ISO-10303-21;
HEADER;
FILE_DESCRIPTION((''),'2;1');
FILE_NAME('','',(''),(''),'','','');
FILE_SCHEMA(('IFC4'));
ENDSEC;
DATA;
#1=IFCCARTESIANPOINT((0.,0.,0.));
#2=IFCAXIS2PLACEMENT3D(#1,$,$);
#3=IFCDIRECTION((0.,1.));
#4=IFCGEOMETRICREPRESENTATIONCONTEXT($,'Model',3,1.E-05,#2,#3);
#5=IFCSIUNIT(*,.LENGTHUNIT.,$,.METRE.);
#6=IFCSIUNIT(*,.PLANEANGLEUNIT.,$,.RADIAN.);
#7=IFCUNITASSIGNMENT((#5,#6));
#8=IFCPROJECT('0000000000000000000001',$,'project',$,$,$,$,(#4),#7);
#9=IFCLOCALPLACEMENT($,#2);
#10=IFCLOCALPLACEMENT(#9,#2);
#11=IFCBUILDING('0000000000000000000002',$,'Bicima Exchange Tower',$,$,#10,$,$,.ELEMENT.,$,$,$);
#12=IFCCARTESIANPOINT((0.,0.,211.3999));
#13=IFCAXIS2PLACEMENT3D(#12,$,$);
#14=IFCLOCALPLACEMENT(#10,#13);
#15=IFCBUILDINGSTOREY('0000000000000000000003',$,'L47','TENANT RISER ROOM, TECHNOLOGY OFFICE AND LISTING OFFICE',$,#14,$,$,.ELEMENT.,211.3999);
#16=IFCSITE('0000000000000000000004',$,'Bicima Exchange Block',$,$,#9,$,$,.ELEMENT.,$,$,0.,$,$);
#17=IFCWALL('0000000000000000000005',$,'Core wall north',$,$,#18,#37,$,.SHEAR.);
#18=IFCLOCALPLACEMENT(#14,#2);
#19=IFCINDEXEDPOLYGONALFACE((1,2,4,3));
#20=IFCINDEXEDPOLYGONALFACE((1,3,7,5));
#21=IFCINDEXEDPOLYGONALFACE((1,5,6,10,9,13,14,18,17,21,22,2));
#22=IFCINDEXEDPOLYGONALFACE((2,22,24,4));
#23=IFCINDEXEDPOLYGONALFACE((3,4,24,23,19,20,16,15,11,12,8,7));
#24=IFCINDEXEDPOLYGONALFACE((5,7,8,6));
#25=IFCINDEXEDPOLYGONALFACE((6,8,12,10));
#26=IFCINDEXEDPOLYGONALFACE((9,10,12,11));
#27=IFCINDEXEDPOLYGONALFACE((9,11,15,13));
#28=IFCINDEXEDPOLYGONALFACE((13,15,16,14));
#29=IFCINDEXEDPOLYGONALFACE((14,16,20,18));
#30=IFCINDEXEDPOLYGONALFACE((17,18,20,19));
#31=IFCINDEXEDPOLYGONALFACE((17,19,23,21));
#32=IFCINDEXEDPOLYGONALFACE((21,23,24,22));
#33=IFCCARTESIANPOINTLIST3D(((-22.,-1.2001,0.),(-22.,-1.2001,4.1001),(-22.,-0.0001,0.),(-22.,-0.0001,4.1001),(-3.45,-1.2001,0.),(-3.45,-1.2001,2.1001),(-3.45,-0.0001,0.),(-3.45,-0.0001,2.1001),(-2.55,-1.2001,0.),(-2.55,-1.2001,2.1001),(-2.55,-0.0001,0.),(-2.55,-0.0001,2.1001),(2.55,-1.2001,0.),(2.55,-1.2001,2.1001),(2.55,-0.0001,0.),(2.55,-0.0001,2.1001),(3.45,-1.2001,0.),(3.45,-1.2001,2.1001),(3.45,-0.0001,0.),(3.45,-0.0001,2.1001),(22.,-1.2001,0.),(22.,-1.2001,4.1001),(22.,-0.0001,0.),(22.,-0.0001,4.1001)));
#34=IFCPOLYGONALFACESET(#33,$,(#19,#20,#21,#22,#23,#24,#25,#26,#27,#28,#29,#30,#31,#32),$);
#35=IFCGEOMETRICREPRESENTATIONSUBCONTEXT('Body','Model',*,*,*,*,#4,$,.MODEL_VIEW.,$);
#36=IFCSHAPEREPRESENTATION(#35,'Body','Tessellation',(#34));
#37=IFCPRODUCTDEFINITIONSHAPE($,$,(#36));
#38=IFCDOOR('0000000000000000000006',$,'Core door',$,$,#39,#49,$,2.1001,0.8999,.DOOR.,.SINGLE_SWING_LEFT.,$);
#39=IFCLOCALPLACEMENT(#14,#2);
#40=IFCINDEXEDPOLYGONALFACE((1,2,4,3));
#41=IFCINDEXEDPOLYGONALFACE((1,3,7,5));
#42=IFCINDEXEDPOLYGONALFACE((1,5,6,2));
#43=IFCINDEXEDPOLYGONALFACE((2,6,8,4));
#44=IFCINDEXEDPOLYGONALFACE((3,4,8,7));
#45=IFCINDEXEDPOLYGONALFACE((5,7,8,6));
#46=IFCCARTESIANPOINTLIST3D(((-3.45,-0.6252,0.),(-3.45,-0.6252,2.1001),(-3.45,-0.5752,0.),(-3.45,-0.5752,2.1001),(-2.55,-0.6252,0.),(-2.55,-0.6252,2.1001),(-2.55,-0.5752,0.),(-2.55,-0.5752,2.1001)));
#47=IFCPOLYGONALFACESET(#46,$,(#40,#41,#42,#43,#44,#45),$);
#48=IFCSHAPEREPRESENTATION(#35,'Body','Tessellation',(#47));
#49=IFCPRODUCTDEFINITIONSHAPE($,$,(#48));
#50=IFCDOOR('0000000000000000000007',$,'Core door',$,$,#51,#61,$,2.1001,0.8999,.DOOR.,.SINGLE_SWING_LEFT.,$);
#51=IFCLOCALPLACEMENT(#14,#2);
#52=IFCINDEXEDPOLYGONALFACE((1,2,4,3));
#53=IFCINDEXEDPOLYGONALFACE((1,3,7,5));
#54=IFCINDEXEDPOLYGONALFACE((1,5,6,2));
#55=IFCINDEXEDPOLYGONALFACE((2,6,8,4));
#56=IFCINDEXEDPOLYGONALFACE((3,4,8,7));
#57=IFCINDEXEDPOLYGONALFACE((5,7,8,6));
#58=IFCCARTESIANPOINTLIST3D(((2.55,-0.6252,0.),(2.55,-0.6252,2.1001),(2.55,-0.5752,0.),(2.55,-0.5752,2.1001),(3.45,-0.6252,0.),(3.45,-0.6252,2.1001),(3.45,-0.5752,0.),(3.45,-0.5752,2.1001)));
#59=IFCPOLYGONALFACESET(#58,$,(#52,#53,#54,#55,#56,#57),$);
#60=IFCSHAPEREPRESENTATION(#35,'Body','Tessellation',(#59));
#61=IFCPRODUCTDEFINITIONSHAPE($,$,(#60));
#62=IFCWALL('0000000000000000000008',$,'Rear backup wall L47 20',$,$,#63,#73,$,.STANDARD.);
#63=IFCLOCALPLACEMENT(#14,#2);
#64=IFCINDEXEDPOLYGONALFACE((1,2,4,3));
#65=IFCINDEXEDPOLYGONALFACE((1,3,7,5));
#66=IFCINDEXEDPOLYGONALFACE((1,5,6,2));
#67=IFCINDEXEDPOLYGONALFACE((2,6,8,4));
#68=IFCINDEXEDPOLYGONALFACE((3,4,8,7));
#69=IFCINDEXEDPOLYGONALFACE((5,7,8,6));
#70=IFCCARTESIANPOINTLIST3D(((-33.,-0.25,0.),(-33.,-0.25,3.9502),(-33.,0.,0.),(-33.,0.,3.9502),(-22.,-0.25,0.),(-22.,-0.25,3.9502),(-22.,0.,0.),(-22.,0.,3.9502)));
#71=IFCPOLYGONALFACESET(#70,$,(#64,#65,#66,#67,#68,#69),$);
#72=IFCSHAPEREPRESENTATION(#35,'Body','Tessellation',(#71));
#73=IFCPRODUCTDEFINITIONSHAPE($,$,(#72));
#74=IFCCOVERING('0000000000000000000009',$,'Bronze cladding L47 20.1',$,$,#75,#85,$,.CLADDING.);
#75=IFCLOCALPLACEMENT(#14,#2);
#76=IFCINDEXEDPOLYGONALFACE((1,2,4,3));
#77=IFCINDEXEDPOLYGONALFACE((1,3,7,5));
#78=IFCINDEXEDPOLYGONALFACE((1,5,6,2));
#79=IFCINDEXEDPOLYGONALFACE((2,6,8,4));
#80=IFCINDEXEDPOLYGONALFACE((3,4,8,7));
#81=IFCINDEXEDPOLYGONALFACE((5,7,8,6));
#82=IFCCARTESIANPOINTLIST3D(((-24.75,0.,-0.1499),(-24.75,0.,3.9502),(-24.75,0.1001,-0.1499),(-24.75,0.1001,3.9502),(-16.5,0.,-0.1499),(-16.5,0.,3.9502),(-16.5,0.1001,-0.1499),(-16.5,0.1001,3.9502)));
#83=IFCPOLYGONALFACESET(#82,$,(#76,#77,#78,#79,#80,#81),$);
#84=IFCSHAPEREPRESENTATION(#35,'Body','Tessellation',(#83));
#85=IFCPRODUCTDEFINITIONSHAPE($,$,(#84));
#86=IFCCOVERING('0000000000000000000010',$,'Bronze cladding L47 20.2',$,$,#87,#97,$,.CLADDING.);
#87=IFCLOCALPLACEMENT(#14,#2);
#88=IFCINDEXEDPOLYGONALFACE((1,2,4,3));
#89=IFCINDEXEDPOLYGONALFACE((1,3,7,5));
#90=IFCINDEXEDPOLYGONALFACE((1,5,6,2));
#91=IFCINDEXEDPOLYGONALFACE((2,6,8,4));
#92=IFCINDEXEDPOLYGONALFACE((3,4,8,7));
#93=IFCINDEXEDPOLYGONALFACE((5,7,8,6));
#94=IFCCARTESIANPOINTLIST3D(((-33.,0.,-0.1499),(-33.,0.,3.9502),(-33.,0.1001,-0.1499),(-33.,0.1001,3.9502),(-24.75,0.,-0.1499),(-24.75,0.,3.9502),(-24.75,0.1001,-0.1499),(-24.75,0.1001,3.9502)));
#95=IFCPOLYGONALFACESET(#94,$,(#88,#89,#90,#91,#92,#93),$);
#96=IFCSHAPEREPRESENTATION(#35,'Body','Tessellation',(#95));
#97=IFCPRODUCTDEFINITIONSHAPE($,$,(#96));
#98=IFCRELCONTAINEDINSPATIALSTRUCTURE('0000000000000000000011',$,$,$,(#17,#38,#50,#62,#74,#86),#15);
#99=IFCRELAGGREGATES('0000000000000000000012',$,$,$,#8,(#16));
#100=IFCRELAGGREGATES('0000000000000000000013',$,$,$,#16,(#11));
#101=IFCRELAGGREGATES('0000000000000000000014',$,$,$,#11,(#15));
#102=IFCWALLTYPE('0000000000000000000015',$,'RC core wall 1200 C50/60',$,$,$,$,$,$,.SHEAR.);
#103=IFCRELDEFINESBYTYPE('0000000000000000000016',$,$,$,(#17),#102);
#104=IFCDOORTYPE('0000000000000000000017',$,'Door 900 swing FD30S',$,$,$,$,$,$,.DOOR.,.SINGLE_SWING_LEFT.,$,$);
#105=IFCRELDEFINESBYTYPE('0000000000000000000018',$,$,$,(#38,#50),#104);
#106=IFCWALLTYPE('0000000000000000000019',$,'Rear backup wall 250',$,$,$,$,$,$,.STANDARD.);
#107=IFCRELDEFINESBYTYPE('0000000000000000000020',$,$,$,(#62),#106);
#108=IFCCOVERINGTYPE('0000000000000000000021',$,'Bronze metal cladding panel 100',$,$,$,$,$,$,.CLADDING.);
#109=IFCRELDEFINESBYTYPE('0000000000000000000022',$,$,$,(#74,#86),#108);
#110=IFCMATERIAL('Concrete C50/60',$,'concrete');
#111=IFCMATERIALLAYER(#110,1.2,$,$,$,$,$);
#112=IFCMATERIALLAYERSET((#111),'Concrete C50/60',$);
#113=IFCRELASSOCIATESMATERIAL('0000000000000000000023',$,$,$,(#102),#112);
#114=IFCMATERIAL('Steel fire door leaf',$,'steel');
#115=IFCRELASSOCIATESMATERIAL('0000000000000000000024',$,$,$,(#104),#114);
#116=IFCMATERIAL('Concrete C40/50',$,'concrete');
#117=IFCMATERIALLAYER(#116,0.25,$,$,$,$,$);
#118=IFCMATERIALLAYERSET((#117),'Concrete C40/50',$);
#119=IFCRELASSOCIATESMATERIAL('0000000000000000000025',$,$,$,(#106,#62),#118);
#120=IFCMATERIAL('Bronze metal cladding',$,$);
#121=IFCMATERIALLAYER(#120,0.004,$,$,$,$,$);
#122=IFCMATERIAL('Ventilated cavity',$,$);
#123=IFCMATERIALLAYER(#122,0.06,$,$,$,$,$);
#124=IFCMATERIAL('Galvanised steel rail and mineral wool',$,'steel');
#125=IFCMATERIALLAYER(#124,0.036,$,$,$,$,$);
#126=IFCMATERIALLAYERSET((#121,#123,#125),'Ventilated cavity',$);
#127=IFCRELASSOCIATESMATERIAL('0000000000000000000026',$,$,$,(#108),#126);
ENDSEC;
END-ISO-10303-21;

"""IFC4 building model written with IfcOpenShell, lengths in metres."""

from ifc_helpers import new_model, si_unit, direction, frame, frame_2d, origin, origin_2d, place, context, subcontext, project, spatial, rectangle, extrude, material, layer, layer_set, layer_usage, type_object, element, fill, save


model = new_model("IFC4")

# Units and contexts
model_context = context("Model", 3, precision=1e-05, world=origin(), true_north=direction((0.0, 1.0)))
body_context = subcontext(model_context, "Body", "Model", "MODEL_VIEW")
ifc_project = project(units=[si_unit("LENGTHUNIT", "METRE"), si_unit("PLANEANGLEUNIT", "RADIAN")], contexts=[model_context])

# Site, building, storey
site_placement = place(None, origin())
site = spatial("IfcSite", under=ifc_project, at=site_placement, Name="Bicima Exchange Block", CompositionType="ELEMENT", RefElevation=0.0)
building_placement = place(site_placement, origin())
building = spatial("IfcBuilding", under=site, at=building_placement, Name="Bicima Exchange Tower", CompositionType="ELEMENT")
storey_placement = place(building_placement, frame((0.0, 0.0, 211.3999)))
storey = spatial("IfcBuildingStorey", under=building, at=storey_placement, Name="L47", Description="TENANT RISER ROOM, TECHNOLOGY OFFICE AND LISTING OFFICE", CompositionType="ELEMENT", Elevation=211.3999)

# Wall, openings, doors
ifc_material_1 = material(Name="Concrete C50/60", Category="concrete")
ifc_layer_1 = layer(ifc_material_1, 1.2)
ifc_layer_set_1 = layer_set([ifc_layer_1], Name="Concrete C50/60")
wall_type_1 = type_object("IfcWallType", Name="RC core wall 1200 C50/60", PredefinedType="SHEAR", material=ifc_layer_set_1)
wall_1_placement = place(storey_placement, frame((-22.0, -0.6001, 0.0), z_axis=(0.0, 0.0, 1.0), x_axis=(1.0, 0.0, 0.0)))
wall_1 = element("IfcWall", 1, at=wall_1_placement, inside=storey, type_object=wall_type_1, Name="Core wall north", PredefinedType="SHEAR", context=body_context, shape_type="SweptSolid", body=[
    extrude(rectangle(XDim=44.0, YDim=1.2, at=frame_2d((22.0, 0.0))), origin(), (0.0, 0.0, 1.0), 4.1001),
])
opening_1_placement = place(wall_1_placement, frame((18.55, 0.0, 0.0)))
opening_1 = element("IfcOpeningElement", 2, at=opening_1_placement, cuts=wall_1, PredefinedType="OPENING", context=body_context, shape_type="SweptSolid", body=[
    extrude(rectangle(XDim=0.8999, YDim=2.1001, at=frame_2d((0.45, 1.05))), frame((0.0, 0.6118, 0.0), z_axis=(0.0, -1.0, 0.0), x_axis=(1.0, 0.0, 0.0)), (0.0, 0.0, 1.0), 1.2239),
])
opening_2_placement = place(wall_1_placement, frame((24.55, 0.0, 0.0)))
opening_2 = element("IfcOpeningElement", 3, at=opening_2_placement, cuts=wall_1, PredefinedType="OPENING", context=body_context, shape_type="SweptSolid", body=[
    extrude(rectangle(XDim=0.8999, YDim=2.1001, at=frame_2d((0.45, 1.05))), frame((0.0, 0.6118, 0.0), z_axis=(0.0, -1.0, 0.0), x_axis=(1.0, 0.0, 0.0)), (0.0, 0.0, 1.0), 1.2239),
])
ifc_material_2 = material(Name="Steel fire door leaf", Category="steel")
door_type = type_object("IfcDoorType", Name="Door 900 swing FD30S", OperationType="SINGLE_SWING_LEFT", PredefinedType="DOOR", material=ifc_material_2)
door_1_placement = place(opening_1_placement, origin())
door_1 = element("IfcDoor", 4, at=door_1_placement, inside=storey, type_object=door_type, Name="Core door", OperationType="SINGLE_SWING_LEFT", OverallHeight=2.1001, OverallWidth=0.8999, PredefinedType="DOOR", context=body_context, shape_type="SweptSolid", body=[
    extrude(rectangle(XDim=0.8999, YDim=2.1001, at=frame_2d((0.45, 1.05))), frame((0.0, 0.0249, 0.0), z_axis=(0.0, -1.0, 0.0), x_axis=(1.0, 0.0, 0.0)), (0.0, 0.0, 1.0), 0.05),
])
fill(opening_1, door_1)
door_2_placement = place(opening_2_placement, origin())
door_2 = element("IfcDoor", 5, at=door_2_placement, inside=storey, type_object=door_type, Name="Core door", OperationType="SINGLE_SWING_LEFT", OverallHeight=2.1001, OverallWidth=0.8999, PredefinedType="DOOR", context=body_context, shape_type="SweptSolid", body=[
    extrude(rectangle(XDim=0.8999, YDim=2.1001, at=frame_2d((0.45, 1.05))), frame((0.0, 0.0249, 0.0), z_axis=(0.0, -1.0, 0.0), x_axis=(1.0, 0.0, 0.0)), (0.0, 0.0, 1.0), 0.05),
])
fill(opening_2, door_2)

# Wall
ifc_material_3 = material(Name="Concrete C40/50", Category="concrete")
ifc_layer_2 = layer(ifc_material_3, 0.25)
ifc_layer_set_2 = layer_set([ifc_layer_2], Name="Concrete C40/50")
ifc_layer_usage = layer_usage(ifc_layer_set_2, "AXIS2", "POSITIVE", -0.125)
wall_type_2 = type_object("IfcWallType", Name="Rear backup wall 250", PredefinedType="STANDARD", material=ifc_layer_set_2)
wall_2_placement = place(storey_placement, frame((-22.0, -0.125, 0.0), z_axis=(0.0, 0.0, 1.0), x_axis=(-1.0, 0.0, 0.0)))
element("IfcWall", 6, at=wall_2_placement, inside=storey, type_object=wall_type_2, material=ifc_layer_usage, Name="Rear backup wall L47 20", PredefinedType="STANDARD", context=body_context, shape_type="SweptSolid", body=[
    extrude(rectangle(XDim=11.0, YDim=0.25, at=frame_2d((5.5, 0.0))), origin(), (0.0, 0.0, 1.0), 3.9502),
])

# Coverings
ifc_material_4 = material(Name="Bronze metal cladding")
ifc_layer_3 = layer(ifc_material_4, 0.004)
ifc_material_5 = material(Name="Ventilated cavity")
ifc_layer_4 = layer(ifc_material_5, 0.06)
ifc_material_6 = material(Name="Galvanised steel rail and mineral wool", Category="steel")
ifc_layer_5 = layer(ifc_material_6, 0.036)
ifc_layer_set_3 = layer_set([ifc_layer_3, ifc_layer_4, ifc_layer_5], Name="Ventilated cavity")
covering_type = type_object("IfcCoveringType", Name="Bronze metal cladding panel 100", PredefinedType="CLADDING", material=ifc_layer_set_3)
for number, where, z_axis, x_axis, name in (
    (7, (-20.625, 0.05, -0.1499), (0.0, 0.0, 1.0), (-1.0, 0.0, 0.0), "Bronze cladding L47 20.1"),
    (8, (-28.875, 0.05, -0.1499), (0.0, 0.0, 1.0), (-1.0, 0.0, 0.0), "Bronze cladding L47 20.2"),
):
    element("IfcCovering", number, at=place(storey_placement, frame(where, z_axis=z_axis, x_axis=x_axis)), inside=storey, type_object=covering_type, Name=name, PredefinedType="CLADDING", context=body_context, shape_type="SweptSolid", body=[
        extrude(rectangle(XDim=8.25, YDim=0.1001, at=origin_2d()), origin(), (0.0, 0.0, 1.0), 4.1001),
    ])

save(model, "model.ifc")
